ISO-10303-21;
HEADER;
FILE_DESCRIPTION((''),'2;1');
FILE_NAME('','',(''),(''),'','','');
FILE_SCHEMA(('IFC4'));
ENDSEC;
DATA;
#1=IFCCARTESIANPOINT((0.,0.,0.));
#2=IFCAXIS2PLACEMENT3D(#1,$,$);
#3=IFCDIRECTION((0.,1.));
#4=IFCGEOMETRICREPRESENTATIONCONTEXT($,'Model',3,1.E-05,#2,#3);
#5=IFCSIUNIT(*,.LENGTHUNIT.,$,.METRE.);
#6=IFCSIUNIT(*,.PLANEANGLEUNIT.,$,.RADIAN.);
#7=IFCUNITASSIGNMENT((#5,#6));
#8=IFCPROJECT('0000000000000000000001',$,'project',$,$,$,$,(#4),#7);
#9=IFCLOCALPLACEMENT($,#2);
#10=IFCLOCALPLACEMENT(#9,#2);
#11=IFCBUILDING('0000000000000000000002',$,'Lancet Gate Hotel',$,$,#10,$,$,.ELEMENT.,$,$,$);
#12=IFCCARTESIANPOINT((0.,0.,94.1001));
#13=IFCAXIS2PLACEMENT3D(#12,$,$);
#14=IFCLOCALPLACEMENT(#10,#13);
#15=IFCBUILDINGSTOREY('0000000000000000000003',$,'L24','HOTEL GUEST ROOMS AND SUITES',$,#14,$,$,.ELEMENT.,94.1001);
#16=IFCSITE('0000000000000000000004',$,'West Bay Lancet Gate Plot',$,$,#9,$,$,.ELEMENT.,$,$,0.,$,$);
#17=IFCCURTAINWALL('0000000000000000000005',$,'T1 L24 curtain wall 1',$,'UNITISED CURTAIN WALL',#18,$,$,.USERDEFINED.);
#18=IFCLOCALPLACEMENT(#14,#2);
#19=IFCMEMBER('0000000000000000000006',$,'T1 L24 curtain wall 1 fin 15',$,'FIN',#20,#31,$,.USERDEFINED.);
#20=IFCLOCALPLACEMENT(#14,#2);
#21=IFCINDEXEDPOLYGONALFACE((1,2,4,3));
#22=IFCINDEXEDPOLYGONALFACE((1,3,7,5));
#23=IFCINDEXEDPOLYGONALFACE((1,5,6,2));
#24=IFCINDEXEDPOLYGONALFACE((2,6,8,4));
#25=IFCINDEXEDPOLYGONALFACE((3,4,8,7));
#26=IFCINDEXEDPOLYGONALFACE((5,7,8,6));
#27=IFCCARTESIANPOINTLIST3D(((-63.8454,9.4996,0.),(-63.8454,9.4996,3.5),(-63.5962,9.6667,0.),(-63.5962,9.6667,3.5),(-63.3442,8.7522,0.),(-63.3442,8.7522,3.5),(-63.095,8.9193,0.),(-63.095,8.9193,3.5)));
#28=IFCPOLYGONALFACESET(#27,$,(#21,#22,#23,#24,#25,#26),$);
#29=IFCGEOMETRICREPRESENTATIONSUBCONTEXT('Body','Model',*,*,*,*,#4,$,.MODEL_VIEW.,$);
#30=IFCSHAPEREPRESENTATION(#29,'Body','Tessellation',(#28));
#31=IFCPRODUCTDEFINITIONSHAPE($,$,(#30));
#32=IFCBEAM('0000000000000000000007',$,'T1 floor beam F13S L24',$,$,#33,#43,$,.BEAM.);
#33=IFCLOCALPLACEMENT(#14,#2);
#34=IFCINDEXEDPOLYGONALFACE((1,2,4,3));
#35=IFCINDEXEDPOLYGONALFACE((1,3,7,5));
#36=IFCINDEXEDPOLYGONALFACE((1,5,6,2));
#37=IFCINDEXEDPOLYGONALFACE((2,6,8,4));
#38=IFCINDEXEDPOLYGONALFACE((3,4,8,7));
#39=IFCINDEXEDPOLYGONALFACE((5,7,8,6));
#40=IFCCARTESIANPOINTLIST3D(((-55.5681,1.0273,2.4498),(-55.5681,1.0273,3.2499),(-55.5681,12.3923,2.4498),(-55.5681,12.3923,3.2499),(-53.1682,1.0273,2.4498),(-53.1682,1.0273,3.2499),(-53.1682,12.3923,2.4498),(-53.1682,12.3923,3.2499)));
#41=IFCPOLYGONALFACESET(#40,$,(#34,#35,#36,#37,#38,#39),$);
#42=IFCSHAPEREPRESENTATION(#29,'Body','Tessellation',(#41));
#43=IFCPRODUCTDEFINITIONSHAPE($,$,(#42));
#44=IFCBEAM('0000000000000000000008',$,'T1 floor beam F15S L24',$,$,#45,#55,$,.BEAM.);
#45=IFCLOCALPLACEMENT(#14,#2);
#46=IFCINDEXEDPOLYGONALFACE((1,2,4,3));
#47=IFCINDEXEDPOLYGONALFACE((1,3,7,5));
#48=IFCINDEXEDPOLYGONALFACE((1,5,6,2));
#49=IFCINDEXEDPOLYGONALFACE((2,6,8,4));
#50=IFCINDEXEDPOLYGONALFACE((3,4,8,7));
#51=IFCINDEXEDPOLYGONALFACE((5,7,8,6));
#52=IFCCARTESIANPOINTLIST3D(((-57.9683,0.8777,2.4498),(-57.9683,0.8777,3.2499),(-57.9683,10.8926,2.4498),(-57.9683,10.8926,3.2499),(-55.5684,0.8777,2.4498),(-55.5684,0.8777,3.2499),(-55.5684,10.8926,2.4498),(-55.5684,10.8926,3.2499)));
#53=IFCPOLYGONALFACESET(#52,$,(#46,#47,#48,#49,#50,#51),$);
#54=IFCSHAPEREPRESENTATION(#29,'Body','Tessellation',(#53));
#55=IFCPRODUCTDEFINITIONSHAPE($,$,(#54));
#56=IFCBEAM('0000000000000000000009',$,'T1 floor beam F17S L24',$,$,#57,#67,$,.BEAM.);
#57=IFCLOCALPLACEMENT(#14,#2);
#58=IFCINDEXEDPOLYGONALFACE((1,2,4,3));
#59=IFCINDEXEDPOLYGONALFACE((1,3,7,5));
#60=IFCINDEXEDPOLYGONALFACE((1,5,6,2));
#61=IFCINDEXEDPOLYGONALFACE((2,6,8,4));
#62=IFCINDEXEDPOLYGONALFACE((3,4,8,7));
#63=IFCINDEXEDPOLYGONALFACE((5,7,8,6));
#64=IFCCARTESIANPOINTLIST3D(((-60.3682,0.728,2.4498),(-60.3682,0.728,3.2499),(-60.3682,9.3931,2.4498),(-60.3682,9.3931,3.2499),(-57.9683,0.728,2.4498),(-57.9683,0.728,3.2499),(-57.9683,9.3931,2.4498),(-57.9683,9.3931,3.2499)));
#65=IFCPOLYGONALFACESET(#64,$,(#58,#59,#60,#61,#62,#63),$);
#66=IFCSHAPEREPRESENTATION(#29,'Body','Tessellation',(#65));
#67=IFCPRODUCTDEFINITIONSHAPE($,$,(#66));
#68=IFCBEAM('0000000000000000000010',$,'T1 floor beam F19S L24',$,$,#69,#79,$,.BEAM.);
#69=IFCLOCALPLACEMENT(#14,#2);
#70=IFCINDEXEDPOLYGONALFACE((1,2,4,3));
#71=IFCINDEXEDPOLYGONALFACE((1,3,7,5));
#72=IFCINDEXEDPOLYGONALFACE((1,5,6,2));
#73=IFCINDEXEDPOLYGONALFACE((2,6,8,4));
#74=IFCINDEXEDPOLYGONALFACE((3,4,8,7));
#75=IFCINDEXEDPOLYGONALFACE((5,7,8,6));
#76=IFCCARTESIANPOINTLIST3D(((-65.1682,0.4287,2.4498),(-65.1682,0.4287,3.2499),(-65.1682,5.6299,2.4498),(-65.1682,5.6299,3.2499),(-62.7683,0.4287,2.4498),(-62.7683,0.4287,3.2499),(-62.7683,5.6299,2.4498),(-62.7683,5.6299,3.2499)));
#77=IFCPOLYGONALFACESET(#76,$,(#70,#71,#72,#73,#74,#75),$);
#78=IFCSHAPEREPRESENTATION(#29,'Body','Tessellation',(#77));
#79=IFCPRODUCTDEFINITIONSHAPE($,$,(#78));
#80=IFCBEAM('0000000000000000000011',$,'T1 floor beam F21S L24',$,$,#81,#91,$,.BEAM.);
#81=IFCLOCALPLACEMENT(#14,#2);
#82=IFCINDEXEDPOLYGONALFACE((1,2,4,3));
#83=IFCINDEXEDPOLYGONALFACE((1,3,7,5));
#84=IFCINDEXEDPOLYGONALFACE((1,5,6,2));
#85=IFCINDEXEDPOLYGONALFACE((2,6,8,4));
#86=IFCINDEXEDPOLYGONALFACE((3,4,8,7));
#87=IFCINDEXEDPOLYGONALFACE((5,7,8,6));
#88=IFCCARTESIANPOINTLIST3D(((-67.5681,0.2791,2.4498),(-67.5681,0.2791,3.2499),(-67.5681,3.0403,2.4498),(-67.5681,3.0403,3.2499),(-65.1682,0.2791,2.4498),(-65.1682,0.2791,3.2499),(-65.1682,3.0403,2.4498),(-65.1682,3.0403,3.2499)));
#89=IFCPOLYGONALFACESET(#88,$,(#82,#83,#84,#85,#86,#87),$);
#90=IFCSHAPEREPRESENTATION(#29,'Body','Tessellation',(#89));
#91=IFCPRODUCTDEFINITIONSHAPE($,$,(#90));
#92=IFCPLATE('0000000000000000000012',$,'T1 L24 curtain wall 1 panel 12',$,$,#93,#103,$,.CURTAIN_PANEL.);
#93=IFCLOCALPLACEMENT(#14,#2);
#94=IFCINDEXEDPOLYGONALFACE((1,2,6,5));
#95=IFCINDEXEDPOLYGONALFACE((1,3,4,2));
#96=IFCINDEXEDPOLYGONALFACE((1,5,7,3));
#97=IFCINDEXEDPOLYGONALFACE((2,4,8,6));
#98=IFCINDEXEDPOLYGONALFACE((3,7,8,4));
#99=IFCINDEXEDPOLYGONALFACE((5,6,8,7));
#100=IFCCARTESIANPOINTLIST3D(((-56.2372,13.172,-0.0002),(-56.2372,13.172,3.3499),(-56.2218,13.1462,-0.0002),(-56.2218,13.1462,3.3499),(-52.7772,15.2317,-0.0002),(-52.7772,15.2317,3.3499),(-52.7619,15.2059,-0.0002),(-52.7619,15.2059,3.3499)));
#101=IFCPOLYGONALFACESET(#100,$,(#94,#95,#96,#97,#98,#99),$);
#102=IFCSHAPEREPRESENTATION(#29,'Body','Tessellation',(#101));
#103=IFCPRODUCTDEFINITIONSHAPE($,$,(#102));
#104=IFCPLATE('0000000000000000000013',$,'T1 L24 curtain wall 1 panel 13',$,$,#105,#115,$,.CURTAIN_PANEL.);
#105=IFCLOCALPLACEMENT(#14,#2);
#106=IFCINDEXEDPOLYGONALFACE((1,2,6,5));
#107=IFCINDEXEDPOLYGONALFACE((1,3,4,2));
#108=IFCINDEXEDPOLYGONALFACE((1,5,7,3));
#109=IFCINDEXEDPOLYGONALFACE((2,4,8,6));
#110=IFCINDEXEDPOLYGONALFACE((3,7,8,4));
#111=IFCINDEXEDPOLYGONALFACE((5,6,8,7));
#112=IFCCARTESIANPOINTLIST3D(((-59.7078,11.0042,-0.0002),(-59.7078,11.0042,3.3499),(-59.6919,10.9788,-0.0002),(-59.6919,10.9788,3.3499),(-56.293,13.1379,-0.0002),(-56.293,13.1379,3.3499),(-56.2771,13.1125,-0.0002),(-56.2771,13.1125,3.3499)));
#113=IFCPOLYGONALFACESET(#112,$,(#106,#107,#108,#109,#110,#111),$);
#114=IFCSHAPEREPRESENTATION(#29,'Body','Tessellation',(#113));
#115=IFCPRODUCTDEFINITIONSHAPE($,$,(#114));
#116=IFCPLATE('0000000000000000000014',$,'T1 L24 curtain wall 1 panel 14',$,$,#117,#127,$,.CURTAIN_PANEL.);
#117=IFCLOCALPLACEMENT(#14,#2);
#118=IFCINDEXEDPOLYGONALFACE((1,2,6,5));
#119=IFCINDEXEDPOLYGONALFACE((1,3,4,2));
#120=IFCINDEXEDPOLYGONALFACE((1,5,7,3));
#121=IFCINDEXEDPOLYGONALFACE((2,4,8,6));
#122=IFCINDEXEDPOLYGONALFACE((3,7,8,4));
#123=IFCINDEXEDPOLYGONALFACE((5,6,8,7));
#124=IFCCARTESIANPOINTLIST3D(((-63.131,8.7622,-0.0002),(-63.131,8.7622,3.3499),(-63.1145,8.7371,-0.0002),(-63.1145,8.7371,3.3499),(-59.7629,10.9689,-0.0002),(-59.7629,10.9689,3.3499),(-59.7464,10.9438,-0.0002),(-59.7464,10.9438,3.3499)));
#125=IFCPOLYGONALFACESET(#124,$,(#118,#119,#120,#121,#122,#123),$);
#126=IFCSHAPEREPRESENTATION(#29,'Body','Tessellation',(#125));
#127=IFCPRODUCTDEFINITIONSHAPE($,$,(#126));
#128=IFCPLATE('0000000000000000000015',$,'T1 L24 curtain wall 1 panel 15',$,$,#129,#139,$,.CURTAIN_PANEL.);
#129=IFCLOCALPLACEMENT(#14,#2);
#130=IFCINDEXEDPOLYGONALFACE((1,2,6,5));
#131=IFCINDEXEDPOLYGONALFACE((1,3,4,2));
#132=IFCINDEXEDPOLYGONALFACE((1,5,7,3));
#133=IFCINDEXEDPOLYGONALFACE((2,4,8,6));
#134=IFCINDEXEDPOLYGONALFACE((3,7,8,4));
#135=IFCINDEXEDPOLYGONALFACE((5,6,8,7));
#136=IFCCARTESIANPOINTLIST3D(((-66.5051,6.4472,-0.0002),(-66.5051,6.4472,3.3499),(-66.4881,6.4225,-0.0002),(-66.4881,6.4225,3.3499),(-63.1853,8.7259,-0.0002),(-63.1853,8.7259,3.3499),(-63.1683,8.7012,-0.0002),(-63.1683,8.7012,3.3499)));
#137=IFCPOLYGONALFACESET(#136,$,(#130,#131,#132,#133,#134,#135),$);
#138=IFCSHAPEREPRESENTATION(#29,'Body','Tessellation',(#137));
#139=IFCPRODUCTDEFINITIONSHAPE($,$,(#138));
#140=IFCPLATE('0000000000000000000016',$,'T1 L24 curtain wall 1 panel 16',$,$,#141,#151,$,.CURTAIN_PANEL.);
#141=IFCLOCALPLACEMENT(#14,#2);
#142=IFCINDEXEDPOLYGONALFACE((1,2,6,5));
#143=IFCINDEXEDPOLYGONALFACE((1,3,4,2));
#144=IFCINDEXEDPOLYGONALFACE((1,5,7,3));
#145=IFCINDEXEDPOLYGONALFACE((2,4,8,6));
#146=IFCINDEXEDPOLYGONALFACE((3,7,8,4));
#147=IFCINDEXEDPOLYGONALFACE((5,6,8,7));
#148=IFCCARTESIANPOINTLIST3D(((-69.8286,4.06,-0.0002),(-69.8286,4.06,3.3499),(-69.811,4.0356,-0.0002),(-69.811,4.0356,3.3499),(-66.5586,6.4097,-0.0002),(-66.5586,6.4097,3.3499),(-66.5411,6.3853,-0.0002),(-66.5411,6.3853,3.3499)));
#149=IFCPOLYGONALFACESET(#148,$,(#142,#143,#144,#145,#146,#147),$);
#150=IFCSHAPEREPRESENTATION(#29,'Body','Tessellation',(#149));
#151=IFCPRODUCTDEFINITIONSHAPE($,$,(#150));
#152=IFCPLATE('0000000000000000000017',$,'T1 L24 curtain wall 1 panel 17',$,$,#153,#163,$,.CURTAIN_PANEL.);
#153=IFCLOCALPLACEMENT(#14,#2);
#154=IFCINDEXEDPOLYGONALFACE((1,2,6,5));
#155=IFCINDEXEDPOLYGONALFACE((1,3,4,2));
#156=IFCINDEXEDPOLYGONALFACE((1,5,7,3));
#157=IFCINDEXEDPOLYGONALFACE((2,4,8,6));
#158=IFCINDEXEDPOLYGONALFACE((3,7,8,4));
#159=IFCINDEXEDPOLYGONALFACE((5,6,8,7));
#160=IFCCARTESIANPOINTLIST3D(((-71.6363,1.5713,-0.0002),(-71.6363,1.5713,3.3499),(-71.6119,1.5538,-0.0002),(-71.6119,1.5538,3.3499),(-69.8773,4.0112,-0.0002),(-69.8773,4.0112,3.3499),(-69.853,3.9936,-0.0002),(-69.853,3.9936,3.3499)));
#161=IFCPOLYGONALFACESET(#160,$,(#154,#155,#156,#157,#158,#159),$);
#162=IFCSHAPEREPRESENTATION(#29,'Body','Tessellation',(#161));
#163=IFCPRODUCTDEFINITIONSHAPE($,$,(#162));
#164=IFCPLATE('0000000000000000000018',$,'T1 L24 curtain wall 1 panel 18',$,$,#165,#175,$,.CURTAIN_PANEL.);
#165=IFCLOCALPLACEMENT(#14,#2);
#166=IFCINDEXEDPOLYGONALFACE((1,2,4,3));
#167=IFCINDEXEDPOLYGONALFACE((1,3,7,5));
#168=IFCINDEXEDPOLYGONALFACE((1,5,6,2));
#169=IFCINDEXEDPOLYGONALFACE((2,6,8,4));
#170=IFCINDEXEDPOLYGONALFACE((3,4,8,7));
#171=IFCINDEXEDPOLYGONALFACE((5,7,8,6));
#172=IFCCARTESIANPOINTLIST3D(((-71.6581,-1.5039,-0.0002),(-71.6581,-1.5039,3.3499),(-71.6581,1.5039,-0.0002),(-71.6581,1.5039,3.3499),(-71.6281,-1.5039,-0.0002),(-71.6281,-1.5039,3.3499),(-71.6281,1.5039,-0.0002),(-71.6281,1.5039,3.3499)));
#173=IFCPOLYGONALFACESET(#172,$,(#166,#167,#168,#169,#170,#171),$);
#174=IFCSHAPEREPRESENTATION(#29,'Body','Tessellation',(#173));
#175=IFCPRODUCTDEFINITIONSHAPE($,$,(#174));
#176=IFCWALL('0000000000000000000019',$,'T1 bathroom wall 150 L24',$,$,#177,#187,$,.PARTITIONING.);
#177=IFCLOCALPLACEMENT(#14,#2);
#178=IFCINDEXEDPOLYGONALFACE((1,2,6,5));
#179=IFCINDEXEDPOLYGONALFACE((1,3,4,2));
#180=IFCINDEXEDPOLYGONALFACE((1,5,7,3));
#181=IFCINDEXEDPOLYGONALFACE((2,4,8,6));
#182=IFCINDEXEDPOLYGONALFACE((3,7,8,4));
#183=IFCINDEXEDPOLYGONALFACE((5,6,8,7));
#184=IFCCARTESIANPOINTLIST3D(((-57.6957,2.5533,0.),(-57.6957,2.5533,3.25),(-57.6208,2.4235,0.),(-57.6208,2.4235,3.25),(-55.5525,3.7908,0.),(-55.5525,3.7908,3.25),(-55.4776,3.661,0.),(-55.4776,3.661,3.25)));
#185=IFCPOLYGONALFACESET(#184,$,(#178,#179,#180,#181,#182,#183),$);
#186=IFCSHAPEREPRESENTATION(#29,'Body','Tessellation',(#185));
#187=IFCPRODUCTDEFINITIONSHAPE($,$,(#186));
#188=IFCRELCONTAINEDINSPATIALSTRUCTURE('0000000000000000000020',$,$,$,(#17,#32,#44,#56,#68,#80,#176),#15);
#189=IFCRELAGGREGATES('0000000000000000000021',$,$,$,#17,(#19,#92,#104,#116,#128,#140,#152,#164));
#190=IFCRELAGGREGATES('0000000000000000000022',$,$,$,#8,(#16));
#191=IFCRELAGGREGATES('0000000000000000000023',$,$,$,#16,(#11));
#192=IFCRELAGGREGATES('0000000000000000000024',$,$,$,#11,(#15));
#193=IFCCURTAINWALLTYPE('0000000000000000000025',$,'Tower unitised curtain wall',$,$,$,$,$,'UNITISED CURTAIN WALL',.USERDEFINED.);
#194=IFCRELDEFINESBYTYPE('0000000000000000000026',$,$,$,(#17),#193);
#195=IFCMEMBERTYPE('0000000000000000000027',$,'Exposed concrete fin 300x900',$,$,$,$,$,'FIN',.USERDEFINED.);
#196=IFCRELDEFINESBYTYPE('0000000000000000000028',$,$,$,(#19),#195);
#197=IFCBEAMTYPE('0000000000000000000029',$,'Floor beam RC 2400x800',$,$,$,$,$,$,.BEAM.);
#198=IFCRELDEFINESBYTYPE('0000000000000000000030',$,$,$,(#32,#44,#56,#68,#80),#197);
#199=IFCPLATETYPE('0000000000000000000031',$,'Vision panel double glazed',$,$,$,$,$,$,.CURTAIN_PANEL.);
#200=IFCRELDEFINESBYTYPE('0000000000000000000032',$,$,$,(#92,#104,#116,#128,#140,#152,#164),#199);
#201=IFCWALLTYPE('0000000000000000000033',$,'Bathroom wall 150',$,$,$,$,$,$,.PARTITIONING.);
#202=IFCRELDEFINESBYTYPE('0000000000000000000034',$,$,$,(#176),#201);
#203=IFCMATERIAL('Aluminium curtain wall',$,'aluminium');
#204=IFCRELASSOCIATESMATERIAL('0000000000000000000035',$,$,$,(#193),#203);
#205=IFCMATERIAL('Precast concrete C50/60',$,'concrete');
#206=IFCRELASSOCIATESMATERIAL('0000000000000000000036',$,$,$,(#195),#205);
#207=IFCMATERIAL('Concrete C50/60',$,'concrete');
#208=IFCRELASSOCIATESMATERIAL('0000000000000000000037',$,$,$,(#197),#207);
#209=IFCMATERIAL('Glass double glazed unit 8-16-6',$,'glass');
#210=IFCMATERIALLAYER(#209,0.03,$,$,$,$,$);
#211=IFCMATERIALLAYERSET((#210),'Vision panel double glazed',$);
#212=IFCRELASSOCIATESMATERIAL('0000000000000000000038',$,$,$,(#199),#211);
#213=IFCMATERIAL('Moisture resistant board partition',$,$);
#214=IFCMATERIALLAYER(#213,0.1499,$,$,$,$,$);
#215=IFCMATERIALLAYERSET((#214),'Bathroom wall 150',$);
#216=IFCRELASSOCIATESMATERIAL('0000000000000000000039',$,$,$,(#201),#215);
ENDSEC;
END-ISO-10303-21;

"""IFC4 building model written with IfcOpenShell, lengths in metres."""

from ifc_helpers import new_model, si_unit, direction, frame, frame_2d, origin, origin_2d, place, context, subcontext, project, spatial, rectangle, extrude, material, layer, layer_set, material_profile, profile_set, type_object, element, aggregate, save


model = new_model("IFC4")

# Units and contexts
model_context = context("Model", 3, precision=1e-05, world=origin(), true_north=direction((0.0, 1.0)))
body_context = subcontext(model_context, "Body", "Model", "MODEL_VIEW")
ifc_project = project(units=[si_unit("LENGTHUNIT", "METRE"), si_unit("PLANEANGLEUNIT", "RADIAN")], contexts=[model_context])

# Site, building, storey
site_placement = place(None, origin())
site = spatial("IfcSite", under=ifc_project, at=site_placement, Name="West Bay Lancet Gate Plot", CompositionType="ELEMENT", RefElevation=0.0)
building_placement = place(site_placement, origin())
building = spatial("IfcBuilding", under=site, at=building_placement, Name="Lancet Gate Hotel", CompositionType="ELEMENT")
storey_placement = place(building_placement, frame((0.0, 0.0, 94.1001)))
storey = spatial("IfcBuildingStorey", under=building, at=storey_placement, Name="L24", Description="HOTEL GUEST ROOMS AND SUITES", CompositionType="ELEMENT", Elevation=94.1001)

# Curtain wall
ifc_material_1 = material(Name="Aluminium curtain wall", Category="aluminium")
curtain_wall_type = type_object("IfcCurtainWallType", Name="Tower unitised curtain wall", ElementType="UNITISED CURTAIN WALL", PredefinedType="USERDEFINED", material=ifc_material_1)
curtain_wall_placement = place(storey_placement, origin())
curtain_wall = element("IfcCurtainWall", 1, at=curtain_wall_placement, inside=storey, type_object=curtain_wall_type, Name="T1 L24 curtain wall 1", ObjectType="UNITISED CURTAIN WALL", PredefinedType="USERDEFINED")

# Member
ifc_material_2 = material(Name="Precast concrete C50/60", Category="concrete")
ifc_material_profile_1 = material_profile(ifc_material_2, rectangle(XDim=0.3, YDim=0.8999, at=origin_2d()), Name="FIN 300x900")
ifc_profile_set_1 = profile_set([ifc_material_profile_1], Name="Precast concrete C50/60")
member_type_1 = type_object("IfcMemberType", Name="Exposed concrete fin 300x900", ElementType="FIN", PredefinedType="USERDEFINED", material=ifc_profile_set_1)
member_1_placement = place(storey_placement, frame((-63.4702, 9.2095, 0.0), z_axis=(0.0, 0.0, 1.0), x_axis=(-0.83051, -0.557004, 0.0)))
member_1 = element("IfcMember", 2, at=member_1_placement, type_object=member_type_1, Name="T1 L24 curtain wall 1 fin 15", ObjectType="FIN", PredefinedType="USERDEFINED", context=body_context, shape_type="SweptSolid", body=[
    extrude(rectangle(XDim=0.3, YDim=0.8999, at=origin_2d()), origin(), (0.0, 0.0, 1.0), 3.5),
])

# Beams
ifc_material_3 = material(Name="Concrete C50/60", Category="concrete")
ifc_material_profile_2 = material_profile(ifc_material_3, rectangle(XDim=2.3999, YDim=0.8, at=origin_2d()), Name="RC 2400x800")
ifc_profile_set_2 = profile_set([ifc_material_profile_2], Name="Concrete C50/60")
beam_type_1 = type_object("IfcBeamType", Name="Floor beam RC 2400x800", PredefinedType="BEAM", material=ifc_profile_set_2)
beam_1_placement = place(storey_placement, frame((-54.3682, 12.3923, 2.8499), z_axis=(0.0, -1.0, 0.0), x_axis=(1.0, 0.0, 0.0)))
element("IfcBeam", 3, at=beam_1_placement, inside=storey, type_object=beam_type_1, Name="T1 floor beam F13S L24", PredefinedType="BEAM", context=body_context, shape_type="SweptSolid", body=[
    extrude(rectangle(XDim=2.3999, YDim=0.8, at=origin_2d()), origin(), (0.0, 0.0, 1.0), 11.365),
])
beam_2_placement = place(storey_placement, frame((-56.7683, 10.8926, 2.8499), z_axis=(0.0, -1.0, 0.0), x_axis=(1.0, 0.0, 0.0)))
element("IfcBeam", 4, at=beam_2_placement, inside=storey, type_object=beam_type_1, Name="T1 floor beam F15S L24", PredefinedType="BEAM", context=body_context, shape_type="SweptSolid", body=[
    extrude(rectangle(XDim=2.3999, YDim=0.8, at=origin_2d()), origin(), (0.0, 0.0, 1.0), 10.0149),
])
beam_3_placement = place(storey_placement, frame((-59.1682, 9.3931, 2.8499), z_axis=(0.0, -1.0, 0.0), x_axis=(1.0, 0.0, 0.0)))
element("IfcBeam", 5, at=beam_3_placement, inside=storey, type_object=beam_type_1, Name="T1 floor beam F17S L24", PredefinedType="BEAM", context=body_context, shape_type="SweptSolid", body=[
    extrude(rectangle(XDim=2.3999, YDim=0.8, at=origin_2d()), origin(), (0.0, 0.0, 1.0), 8.665),
])
beam_4_placement = place(storey_placement, frame((-63.9683, 5.6299, 2.8499), z_axis=(0.0, -1.0, 0.0), x_axis=(1.0, 0.0, 0.0)))
element("IfcBeam", 6, at=beam_4_placement, inside=storey, type_object=beam_type_1, Name="T1 floor beam F19S L24", PredefinedType="BEAM", context=body_context, shape_type="SweptSolid", body=[
    extrude(rectangle(XDim=2.3999, YDim=0.8, at=origin_2d()), origin(), (0.0, 0.0, 1.0), 5.2012),
])
beam_5_placement = place(storey_placement, frame((-66.3682, 3.0403, 2.8499), z_axis=(0.0, -1.0, 0.0), x_axis=(1.0, 0.0, 0.0)))
element("IfcBeam", 7, at=beam_5_placement, inside=storey, type_object=beam_type_1, Name="T1 floor beam F21S L24", PredefinedType="BEAM", context=body_context, shape_type="SweptSolid", body=[
    extrude(rectangle(XDim=2.3999, YDim=0.8, at=origin_2d()), origin(), (0.0, 0.0, 1.0), 2.7612),
])

# Plates
ifc_material_4 = material(Name="Glass double glazed unit 8-16-6", Category="glass")
ifc_layer_1 = layer(ifc_material_4, 0.03)
ifc_layer_set_1 = layer_set([ifc_layer_1], Name="Vision panel double glazed")
plate_type = type_object("IfcPlateType", Name="Vision panel double glazed", PredefinedType="CURTAIN_PANEL", material=ifc_layer_set_1)
plate_1_placement = place(storey_placement, frame((-54.4995, 14.189, -0.0002), z_axis=(0.0, 0.0, 1.0), x_axis=(-0.859271, -0.51152, 0.0)))
plate_1 = element("IfcPlate", 8, at=plate_1_placement, type_object=plate_type, Name="T1 L24 curtain wall 1 panel 12", PredefinedType="CURTAIN_PANEL", context=body_context, shape_type="SweptSolid", body=[
    extrude(rectangle(XDim=4.0266, YDim=0.03, at=origin_2d()), origin(), (0.0, 0.0, 1.0), 3.3501),
])
plate_2_placement = place(storey_placement, frame((-57.9924, 12.0583, -0.0002), z_axis=(0.0, 0.0, 1.0), x_axis=(-0.848061, -0.529899, 0.0)))
plate_2 = element("IfcPlate", 9, at=plate_2_placement, type_object=plate_type, Name="T1 L24 curtain wall 1 panel 13", PredefinedType="CURTAIN_PANEL", context=body_context, shape_type="SweptSolid", body=[
    extrude(rectangle(XDim=4.0266, YDim=0.03, at=origin_2d()), origin(), (0.0, 0.0, 1.0), 3.3501),
])
plate_3_placement = place(storey_placement, frame((-61.4387, 9.853, -0.0002), z_axis=(0.0, 0.0, 1.0), x_axis=(-0.836458, -0.548032, 0.0)))
plate_3 = element("IfcPlate", 10, at=plate_3_placement, type_object=plate_type, Name="T1 L24 curtain wall 1 panel 14", PredefinedType="CURTAIN_PANEL", context=body_context, shape_type="SweptSolid", body=[
    extrude(rectangle(XDim=4.0266, YDim=0.03, at=origin_2d()), origin(), (0.0, 0.0, 1.0), 3.3501),
])
plate_4_placement = place(storey_placement, frame((-64.8367, 7.5742, -0.0002), z_axis=(0.0, 0.0, 1.0), x_axis=(-0.824466, -0.565911, 0.0)))
plate_4 = element("IfcPlate", 11, at=plate_4_placement, type_object=plate_type, Name="T1 L24 curtain wall 1 panel 15", PredefinedType="CURTAIN_PANEL", context=body_context, shape_type="SweptSolid", body=[
    extrude(rectangle(XDim=4.0266, YDim=0.03, at=origin_2d()), origin(), (0.0, 0.0, 1.0), 3.3501),
])
plate_5_placement = place(storey_placement, frame((-68.1848, 5.2227, -0.0002), z_axis=(0.0, 0.0, 1.0), x_axis=(-0.812093, -0.583528, 0.0)))
plate_5 = element("IfcPlate", 12, at=plate_5_placement, type_object=plate_type, Name="T1 L24 curtain wall 1 panel 16", PredefinedType="CURTAIN_PANEL", context=body_context, shape_type="SweptSolid", body=[
    extrude(rectangle(XDim=4.0266, YDim=0.03, at=origin_2d()), origin(), (0.0, 0.0, 1.0), 3.3501),
])
plate_6_placement = place(storey_placement, frame((-70.7446, 2.7825, -0.0002), z_axis=(0.0, 0.0, 1.0), x_axis=(-0.584809, -0.811171, 0.0)))
plate_6 = element("IfcPlate", 13, at=plate_6_placement, type_object=plate_type, Name="T1 L24 curtain wall 1 panel 17", PredefinedType="CURTAIN_PANEL", context=body_context, shape_type="SweptSolid", body=[
    extrude(rectangle(XDim=3.0078, YDim=0.03, at=origin_2d()), origin(), (0.0, 0.0, 1.0), 3.3501),
])
plate_7_placement = place(storey_placement, frame((-71.6431, 0.0, -0.0002), z_axis=(0.0, 0.0, 1.0), x_axis=(0.0, -1.0, 0.0)))
plate_7 = element("IfcPlate", 14, at=plate_7_placement, type_object=plate_type, Name="T1 L24 curtain wall 1 panel 18", PredefinedType="CURTAIN_PANEL", context=body_context, shape_type="SweptSolid", body=[
    extrude(rectangle(XDim=3.0078, YDim=0.03, at=origin_2d()), origin(), (0.0, 0.0, 1.0), 3.3501),
])
aggregate(curtain_wall, [member_1, plate_1, plate_2, plate_3, plate_4, plate_5, plate_6, plate_7])

# Wall
ifc_material_5 = material(Name="Moisture resistant board partition")
ifc_layer_2 = layer(ifc_material_5, 0.1499)
ifc_layer_set_2 = layer_set([ifc_layer_2], Name="Bathroom wall 150")
wall_type = type_object("IfcWallType", Name="Bathroom wall 150", PredefinedType="PARTITIONING", material=ifc_layer_set_2)
wall_1_placement = place(storey_placement, frame((-55.5151, 3.7258, 0.0), z_axis=(0.0, 0.0, 1.0), x_axis=(-0.866007, -0.500033, 0.0)))
element("IfcWall", 15, at=wall_1_placement, inside=storey, type_object=wall_type, Name="T1 bathroom wall 150 L24", PredefinedType="PARTITIONING", context=body_context, shape_type="SweptSolid", body=[
    extrude(rectangle(XDim=2.4749, YDim=0.1499, at=frame_2d((1.2373, 0.0))), origin(), (0.0, 0.0, 1.0), 3.25),
])

save(model, "model.ifc")
